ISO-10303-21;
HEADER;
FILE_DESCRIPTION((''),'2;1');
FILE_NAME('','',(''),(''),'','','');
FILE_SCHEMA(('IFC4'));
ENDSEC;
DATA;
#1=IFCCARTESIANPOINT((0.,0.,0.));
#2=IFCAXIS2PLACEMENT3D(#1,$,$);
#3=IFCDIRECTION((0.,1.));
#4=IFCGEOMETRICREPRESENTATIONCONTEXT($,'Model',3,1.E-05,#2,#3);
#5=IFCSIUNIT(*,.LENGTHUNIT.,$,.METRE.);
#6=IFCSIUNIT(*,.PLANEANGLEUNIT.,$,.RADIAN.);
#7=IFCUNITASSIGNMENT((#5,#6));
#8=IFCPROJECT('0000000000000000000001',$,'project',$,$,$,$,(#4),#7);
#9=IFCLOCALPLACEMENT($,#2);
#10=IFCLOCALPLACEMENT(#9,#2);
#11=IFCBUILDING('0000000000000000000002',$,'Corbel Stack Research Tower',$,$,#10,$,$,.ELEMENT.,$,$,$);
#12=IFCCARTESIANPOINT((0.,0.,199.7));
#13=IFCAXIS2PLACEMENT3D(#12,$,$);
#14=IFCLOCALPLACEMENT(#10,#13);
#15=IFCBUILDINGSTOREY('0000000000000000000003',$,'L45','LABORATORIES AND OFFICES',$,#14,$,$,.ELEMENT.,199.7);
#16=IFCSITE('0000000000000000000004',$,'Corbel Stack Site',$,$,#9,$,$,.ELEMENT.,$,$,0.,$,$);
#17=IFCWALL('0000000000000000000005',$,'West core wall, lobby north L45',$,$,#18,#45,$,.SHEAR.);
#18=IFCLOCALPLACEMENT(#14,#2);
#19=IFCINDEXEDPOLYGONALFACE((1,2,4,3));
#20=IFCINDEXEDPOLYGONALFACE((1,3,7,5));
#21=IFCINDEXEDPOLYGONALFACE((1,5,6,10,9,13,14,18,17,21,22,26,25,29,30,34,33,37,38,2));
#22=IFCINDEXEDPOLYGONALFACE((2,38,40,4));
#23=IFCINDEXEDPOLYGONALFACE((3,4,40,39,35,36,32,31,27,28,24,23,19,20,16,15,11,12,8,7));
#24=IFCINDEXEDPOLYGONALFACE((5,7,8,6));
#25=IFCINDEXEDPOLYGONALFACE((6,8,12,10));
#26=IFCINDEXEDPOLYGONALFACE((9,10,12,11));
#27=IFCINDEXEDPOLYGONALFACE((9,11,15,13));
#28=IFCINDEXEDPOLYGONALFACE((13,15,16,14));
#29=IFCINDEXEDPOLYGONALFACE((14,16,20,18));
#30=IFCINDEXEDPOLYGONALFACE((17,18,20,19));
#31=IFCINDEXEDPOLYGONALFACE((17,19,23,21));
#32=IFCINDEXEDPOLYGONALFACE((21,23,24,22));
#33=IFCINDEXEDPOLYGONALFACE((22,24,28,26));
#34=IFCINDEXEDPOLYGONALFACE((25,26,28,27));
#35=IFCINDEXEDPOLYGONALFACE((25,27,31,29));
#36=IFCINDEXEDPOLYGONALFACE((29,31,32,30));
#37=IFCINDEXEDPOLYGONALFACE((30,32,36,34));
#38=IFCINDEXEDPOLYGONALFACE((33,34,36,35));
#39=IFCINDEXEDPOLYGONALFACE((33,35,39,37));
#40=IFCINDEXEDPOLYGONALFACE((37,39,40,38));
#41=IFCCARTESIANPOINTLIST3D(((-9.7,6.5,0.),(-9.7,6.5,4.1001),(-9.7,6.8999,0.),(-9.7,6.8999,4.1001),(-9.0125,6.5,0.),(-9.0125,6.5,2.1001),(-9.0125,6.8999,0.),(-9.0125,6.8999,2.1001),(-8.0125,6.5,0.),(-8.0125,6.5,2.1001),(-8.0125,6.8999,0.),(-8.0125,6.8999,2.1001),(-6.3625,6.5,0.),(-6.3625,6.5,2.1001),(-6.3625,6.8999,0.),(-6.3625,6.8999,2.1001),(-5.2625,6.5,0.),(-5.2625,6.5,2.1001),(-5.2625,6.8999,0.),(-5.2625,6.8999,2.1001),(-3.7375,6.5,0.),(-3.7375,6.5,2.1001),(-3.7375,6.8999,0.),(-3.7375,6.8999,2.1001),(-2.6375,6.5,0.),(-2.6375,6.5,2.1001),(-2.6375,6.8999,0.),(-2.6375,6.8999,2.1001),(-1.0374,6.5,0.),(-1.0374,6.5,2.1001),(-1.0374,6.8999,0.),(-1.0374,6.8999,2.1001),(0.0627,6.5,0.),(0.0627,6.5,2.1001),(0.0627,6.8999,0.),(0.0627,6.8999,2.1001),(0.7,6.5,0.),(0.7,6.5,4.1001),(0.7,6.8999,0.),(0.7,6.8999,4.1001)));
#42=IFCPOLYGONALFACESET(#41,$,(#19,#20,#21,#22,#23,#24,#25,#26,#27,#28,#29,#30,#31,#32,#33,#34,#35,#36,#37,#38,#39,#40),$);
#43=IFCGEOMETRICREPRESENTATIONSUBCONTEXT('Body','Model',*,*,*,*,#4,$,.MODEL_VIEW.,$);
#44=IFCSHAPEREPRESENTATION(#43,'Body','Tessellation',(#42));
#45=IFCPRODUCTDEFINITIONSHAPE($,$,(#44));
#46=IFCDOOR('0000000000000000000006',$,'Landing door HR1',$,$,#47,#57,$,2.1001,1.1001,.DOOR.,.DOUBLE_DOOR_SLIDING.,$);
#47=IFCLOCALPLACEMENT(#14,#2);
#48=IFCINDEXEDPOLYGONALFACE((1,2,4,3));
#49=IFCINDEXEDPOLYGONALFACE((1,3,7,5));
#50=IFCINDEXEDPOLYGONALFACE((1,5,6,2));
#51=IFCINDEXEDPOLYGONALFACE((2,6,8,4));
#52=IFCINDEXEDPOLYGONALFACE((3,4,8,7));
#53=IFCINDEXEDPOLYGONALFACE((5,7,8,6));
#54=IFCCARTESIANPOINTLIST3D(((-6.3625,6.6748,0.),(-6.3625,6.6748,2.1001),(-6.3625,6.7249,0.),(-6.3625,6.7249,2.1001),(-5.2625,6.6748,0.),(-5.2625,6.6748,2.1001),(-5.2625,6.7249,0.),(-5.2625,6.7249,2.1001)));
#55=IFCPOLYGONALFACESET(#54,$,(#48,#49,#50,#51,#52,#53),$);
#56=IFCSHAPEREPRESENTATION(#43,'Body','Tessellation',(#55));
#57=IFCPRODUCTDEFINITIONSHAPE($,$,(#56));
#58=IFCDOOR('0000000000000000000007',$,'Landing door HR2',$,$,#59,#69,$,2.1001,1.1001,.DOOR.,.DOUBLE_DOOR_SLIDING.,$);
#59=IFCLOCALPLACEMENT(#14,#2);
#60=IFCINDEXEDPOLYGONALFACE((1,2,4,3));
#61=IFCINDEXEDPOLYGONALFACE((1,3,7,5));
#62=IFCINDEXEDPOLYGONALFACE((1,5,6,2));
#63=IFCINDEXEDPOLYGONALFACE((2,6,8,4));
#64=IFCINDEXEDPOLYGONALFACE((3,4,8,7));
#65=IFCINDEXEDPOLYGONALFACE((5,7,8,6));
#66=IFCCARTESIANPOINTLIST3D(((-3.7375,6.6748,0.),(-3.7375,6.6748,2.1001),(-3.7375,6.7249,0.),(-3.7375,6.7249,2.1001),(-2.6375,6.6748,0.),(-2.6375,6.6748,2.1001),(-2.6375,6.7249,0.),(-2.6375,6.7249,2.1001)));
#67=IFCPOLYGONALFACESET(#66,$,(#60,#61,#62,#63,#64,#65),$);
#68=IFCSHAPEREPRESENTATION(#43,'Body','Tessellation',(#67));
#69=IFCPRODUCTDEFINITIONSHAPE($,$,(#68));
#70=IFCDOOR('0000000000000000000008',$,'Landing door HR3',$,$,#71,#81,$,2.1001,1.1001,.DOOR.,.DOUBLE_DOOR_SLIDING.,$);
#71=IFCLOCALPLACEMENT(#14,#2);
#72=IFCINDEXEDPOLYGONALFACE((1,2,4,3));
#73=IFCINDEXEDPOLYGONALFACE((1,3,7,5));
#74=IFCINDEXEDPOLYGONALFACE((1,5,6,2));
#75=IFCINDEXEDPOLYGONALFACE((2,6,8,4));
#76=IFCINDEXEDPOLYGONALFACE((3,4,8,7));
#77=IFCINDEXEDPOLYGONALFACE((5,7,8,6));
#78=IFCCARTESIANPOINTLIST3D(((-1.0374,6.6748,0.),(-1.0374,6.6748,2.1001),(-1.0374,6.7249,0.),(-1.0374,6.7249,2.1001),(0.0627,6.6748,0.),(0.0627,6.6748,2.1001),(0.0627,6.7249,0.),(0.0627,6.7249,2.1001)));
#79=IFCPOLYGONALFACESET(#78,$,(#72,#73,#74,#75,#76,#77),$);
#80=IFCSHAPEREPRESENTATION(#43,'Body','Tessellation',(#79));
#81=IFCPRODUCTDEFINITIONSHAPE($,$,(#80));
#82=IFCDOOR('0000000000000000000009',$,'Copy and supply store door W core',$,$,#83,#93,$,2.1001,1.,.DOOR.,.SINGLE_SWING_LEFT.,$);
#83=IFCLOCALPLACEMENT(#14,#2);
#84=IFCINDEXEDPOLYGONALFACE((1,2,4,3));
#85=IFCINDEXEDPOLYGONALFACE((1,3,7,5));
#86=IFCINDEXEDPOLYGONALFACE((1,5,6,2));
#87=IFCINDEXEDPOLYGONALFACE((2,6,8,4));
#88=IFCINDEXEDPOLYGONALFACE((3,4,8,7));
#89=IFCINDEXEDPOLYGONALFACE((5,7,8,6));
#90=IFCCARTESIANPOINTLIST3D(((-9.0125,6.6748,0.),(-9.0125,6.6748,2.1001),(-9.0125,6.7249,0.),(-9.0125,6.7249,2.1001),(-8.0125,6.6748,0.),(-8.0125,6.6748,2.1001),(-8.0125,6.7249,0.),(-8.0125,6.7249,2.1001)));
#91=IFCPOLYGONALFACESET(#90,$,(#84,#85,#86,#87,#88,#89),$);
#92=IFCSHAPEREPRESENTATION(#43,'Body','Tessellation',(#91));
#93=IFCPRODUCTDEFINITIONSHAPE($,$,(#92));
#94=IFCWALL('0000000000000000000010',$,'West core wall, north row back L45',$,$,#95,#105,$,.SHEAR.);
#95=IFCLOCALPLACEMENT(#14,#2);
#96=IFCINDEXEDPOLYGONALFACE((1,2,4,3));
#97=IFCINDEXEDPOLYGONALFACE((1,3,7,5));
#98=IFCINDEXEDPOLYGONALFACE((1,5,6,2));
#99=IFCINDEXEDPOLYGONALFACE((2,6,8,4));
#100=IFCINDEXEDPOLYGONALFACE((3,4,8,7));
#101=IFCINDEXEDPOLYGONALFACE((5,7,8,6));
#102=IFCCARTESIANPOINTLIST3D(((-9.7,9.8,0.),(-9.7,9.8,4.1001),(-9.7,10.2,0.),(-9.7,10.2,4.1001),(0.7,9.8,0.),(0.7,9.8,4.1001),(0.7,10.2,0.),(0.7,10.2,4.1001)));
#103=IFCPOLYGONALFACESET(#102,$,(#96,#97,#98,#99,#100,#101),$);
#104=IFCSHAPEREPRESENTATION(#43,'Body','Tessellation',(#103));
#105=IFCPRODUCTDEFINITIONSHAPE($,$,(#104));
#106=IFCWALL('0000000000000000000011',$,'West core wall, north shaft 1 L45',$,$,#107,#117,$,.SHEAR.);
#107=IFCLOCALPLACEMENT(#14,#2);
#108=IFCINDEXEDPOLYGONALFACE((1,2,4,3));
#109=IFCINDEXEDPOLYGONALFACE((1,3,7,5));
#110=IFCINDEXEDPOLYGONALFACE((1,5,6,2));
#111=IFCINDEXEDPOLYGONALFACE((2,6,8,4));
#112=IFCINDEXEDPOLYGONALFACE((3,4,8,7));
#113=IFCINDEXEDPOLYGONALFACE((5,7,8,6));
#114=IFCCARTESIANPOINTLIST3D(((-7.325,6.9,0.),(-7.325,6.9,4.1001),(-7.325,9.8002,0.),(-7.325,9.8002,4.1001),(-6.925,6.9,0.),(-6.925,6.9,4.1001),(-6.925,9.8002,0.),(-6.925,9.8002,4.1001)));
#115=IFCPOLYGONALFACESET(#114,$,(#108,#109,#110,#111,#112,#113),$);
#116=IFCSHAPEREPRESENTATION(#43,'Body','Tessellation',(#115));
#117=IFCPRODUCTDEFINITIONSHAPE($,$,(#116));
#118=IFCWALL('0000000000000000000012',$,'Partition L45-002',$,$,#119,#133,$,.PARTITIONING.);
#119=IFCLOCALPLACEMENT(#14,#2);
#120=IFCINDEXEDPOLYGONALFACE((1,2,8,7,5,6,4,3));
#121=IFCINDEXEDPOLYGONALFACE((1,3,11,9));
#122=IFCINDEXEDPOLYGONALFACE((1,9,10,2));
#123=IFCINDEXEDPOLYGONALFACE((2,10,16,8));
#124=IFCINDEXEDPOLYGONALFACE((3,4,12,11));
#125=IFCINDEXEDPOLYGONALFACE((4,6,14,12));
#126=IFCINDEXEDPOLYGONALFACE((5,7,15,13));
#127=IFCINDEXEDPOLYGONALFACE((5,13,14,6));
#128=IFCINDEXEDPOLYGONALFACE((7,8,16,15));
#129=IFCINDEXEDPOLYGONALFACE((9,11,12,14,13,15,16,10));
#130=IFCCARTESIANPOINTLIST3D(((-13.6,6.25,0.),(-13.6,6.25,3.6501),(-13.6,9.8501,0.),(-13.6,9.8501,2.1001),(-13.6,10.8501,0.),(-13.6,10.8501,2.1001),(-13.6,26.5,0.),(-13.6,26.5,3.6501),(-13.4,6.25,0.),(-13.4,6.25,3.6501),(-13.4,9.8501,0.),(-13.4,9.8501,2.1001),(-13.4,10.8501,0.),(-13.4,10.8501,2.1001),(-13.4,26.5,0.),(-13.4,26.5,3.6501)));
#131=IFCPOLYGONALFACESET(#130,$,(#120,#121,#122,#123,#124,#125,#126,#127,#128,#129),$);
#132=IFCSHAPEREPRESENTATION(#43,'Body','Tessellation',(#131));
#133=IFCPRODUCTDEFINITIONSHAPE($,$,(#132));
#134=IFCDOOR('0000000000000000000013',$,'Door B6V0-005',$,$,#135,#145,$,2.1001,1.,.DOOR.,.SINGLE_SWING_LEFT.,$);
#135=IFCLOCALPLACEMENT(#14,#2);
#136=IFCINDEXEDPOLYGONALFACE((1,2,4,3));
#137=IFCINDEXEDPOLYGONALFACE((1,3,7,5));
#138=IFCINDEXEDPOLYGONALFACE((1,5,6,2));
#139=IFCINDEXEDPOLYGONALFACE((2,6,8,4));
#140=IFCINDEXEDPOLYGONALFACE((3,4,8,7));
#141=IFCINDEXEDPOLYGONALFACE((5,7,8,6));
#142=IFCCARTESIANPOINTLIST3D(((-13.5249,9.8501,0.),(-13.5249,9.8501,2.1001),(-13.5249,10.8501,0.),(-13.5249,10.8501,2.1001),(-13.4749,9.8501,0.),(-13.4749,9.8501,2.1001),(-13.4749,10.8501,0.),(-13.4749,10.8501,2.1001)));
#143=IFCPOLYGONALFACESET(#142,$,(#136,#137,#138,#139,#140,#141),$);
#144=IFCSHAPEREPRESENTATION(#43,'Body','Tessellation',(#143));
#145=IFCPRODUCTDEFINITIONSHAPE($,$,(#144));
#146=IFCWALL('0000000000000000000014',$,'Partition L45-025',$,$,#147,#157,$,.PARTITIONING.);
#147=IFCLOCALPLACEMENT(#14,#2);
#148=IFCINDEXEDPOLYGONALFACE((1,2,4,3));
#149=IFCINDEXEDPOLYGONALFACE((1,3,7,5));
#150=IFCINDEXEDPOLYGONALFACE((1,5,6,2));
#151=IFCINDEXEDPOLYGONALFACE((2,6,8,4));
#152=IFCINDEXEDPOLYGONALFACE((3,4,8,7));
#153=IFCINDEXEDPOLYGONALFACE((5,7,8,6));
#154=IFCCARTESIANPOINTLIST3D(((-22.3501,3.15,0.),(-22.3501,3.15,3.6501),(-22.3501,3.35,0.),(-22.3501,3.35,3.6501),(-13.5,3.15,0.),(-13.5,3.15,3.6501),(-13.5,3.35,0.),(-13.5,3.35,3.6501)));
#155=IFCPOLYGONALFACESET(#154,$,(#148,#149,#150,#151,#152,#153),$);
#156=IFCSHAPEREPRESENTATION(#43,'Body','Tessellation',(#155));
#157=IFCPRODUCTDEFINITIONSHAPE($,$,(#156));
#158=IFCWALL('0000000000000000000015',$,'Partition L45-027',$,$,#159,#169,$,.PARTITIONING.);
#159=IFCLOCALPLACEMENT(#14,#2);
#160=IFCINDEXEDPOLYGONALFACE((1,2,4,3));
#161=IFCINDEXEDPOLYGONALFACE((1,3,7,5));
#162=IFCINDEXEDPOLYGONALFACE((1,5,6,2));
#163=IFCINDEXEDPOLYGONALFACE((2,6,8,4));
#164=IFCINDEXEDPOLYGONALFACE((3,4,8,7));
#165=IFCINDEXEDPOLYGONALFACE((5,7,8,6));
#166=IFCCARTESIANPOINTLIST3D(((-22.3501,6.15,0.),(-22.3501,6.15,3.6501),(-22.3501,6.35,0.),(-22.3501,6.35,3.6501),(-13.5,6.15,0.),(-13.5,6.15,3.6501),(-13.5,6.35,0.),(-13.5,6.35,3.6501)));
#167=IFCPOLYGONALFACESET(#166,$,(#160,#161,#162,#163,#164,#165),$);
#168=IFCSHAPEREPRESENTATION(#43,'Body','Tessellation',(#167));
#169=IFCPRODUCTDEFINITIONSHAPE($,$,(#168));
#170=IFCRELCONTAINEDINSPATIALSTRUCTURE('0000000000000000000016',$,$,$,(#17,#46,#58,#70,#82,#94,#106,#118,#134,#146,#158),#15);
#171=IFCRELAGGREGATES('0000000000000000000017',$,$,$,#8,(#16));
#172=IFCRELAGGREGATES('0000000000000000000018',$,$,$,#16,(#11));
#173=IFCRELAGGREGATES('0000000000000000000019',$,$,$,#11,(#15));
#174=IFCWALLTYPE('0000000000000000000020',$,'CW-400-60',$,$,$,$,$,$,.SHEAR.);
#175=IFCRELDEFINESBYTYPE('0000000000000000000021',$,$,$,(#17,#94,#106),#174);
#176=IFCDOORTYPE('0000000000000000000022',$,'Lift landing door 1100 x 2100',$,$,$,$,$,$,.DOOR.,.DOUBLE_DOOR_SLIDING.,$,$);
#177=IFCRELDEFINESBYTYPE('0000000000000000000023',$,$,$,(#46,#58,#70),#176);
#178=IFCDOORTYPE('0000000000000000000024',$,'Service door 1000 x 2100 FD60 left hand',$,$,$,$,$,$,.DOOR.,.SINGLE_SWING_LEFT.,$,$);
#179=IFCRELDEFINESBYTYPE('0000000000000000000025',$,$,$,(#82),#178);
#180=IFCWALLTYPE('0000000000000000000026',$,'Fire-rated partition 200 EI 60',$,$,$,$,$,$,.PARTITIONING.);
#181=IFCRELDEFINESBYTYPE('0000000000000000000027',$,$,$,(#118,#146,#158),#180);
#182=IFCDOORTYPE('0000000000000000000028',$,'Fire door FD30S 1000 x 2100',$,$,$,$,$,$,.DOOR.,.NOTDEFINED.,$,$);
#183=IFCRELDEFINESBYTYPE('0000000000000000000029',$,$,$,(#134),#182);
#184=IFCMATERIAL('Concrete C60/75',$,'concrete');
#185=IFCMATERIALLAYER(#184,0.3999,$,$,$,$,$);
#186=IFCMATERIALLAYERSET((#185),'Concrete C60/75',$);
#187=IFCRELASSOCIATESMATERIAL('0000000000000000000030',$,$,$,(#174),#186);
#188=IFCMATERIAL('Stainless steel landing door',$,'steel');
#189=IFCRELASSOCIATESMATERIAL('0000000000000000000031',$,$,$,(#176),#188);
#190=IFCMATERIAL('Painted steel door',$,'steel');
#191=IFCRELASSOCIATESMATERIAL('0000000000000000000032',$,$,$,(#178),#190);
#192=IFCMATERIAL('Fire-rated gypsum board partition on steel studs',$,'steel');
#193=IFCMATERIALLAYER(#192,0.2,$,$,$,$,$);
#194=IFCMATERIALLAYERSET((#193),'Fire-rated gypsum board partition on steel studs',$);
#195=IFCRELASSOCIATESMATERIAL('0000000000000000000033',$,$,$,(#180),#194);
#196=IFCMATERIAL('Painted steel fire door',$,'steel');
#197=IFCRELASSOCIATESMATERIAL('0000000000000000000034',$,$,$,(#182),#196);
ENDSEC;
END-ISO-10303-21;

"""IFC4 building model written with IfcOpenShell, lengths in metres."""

from ifc_helpers import new_model, si_unit, direction, frame, frame_2d, origin, place, context, subcontext, project, spatial, rectangle, extrude, material, layer, layer_set, type_object, element, fill, save


model = new_model("IFC4")

# Units and contexts
model_context = context("Model", 3, precision=1e-05, world=origin(), true_north=direction((0.0, 1.0)))
body_context = subcontext(model_context, "Body", "Model", "MODEL_VIEW")
ifc_project = project(units=[si_unit("LENGTHUNIT", "METRE"), si_unit("PLANEANGLEUNIT", "RADIAN")], contexts=[model_context])

# Site, building, storey
site_placement = place(None, origin())
site = spatial("IfcSite", under=ifc_project, at=site_placement, Name="Corbel Stack Site", CompositionType="ELEMENT", RefElevation=0.0)
building_placement = place(site_placement, origin())
building = spatial("IfcBuilding", under=site, at=building_placement, Name="Corbel Stack Research Tower", CompositionType="ELEMENT")
storey_placement = place(building_placement, frame((0.0, 0.0, 199.7)))
storey = spatial("IfcBuildingStorey", under=building, at=storey_placement, Name="L45", Description="LABORATORIES AND OFFICES", CompositionType="ELEMENT", Elevation=199.7)

# Wall, openings, doors
ifc_material_1 = material(Name="Concrete C60/75", Category="concrete")
ifc_layer_1 = layer(ifc_material_1, 0.3999)
ifc_layer_set_1 = layer_set([ifc_layer_1], Name="Concrete C60/75")
wall_type_1 = type_object("IfcWallType", Name="CW-400-60", PredefinedType="SHEAR", material=ifc_layer_set_1)
ifc_material_2 = material(Name="Stainless steel landing door", Category="steel")
door_type_1 = type_object("IfcDoorType", Name="Lift landing door 1100 x 2100", OperationType="DOUBLE_DOOR_SLIDING", PredefinedType="DOOR", material=ifc_material_2)
ifc_material_3 = material(Name="Painted steel door", Category="steel")
door_type_2 = type_object("IfcDoorType", Name="Service door 1000 x 2100 FD60 left hand", OperationType="SINGLE_SWING_LEFT", PredefinedType="DOOR", material=ifc_material_3)
wall_1_placement = place(storey_placement, frame((-9.7, 6.7, 0.0), z_axis=(0.0, 0.0, 1.0), x_axis=(1.0, 0.0, 0.0)))
wall_1 = element("IfcWall", 1, at=wall_1_placement, inside=storey, type_object=wall_type_1, Name="West core wall, lobby north L45", PredefinedType="SHEAR", context=body_context, shape_type="SweptSolid", body=[
    extrude(rectangle(XDim=10.3999, YDim=0.3999, at=frame_2d((5.2, 0.0))), origin(), (0.0, 0.0, 1.0), 4.1001),
])
opening_1_placement = place(wall_1_placement, frame((3.3374, 0.0, 0.0)))
opening_1 = element("IfcOpeningElement", 2, at=opening_1_placement, cuts=wall_1, PredefinedType="OPENING", context=body_context, shape_type="SweptSolid", body=[
    extrude(rectangle(XDim=1.1001, YDim=2.1001, at=frame_2d((0.55, 1.05))), frame((0.0, 0.21, 0.0), z_axis=(0.0, -1.0, 0.0), x_axis=(1.0, 0.0, 0.0)), (0.0, 0.0, 1.0), 0.4199),
])
opening_2_placement = place(wall_1_placement, frame((5.9624, 0.0, 0.0)))
opening_2 = element("IfcOpeningElement", 3, at=opening_2_placement, cuts=wall_1, PredefinedType="OPENING", context=body_context, shape_type="SweptSolid", body=[
    extrude(rectangle(XDim=1.1001, YDim=2.1001, at=frame_2d((0.55, 1.05))), frame((0.0, 0.21, 0.0), z_axis=(0.0, -1.0, 0.0), x_axis=(1.0, 0.0, 0.0)), (0.0, 0.0, 1.0), 0.4199),
])
opening_3_placement = place(wall_1_placement, frame((8.6626, 0.0, 0.0)))
opening_3 = element("IfcOpeningElement", 4, at=opening_3_placement, cuts=wall_1, PredefinedType="OPENING", context=body_context, shape_type="SweptSolid", body=[
    extrude(rectangle(XDim=1.1001, YDim=2.1001, at=frame_2d((0.55, 1.05))), frame((0.0, 0.21, 0.0), z_axis=(0.0, -1.0, 0.0), x_axis=(1.0, 0.0, 0.0)), (0.0, 0.0, 1.0), 0.4199),
])
opening_4_placement = place(wall_1_placement, frame((0.6875, 0.0, 0.0)))
opening_4 = element("IfcOpeningElement", 5, at=opening_4_placement, cuts=wall_1, PredefinedType="OPENING", context=body_context, shape_type="SweptSolid", body=[
    extrude(rectangle(XDim=1.0, YDim=2.1001, at=frame_2d((0.5, 1.05))), frame((0.0, 0.21, 0.0), z_axis=(0.0, -1.0, 0.0), x_axis=(1.0, 0.0, 0.0)), (0.0, 0.0, 1.0), 0.4199),
])
door_1_placement = place(opening_1_placement, origin())
door_1 = element("IfcDoor", 6, at=door_1_placement, inside=storey, type_object=door_type_1, Name="Landing door HR1", OperationType="DOUBLE_DOOR_SLIDING", OverallHeight=2.1001, OverallWidth=1.1001, PredefinedType="DOOR", context=body_context, shape_type="SweptSolid", body=[
    extrude(rectangle(XDim=1.1001, YDim=2.1001, at=frame_2d((0.55, 1.05))), frame((0.0, 0.0249, 0.0), z_axis=(0.0, -1.0, 0.0), x_axis=(1.0, 0.0, 0.0)), (0.0, 0.0, 1.0), 0.05),
])
fill(opening_1, door_1)
door_2_placement = place(opening_2_placement, origin())
door_2 = element("IfcDoor", 7, at=door_2_placement, inside=storey, type_object=door_type_1, Name="Landing door HR2", OperationType="DOUBLE_DOOR_SLIDING", OverallHeight=2.1001, OverallWidth=1.1001, PredefinedType="DOOR", context=body_context, shape_type="SweptSolid", body=[
    extrude(rectangle(XDim=1.1001, YDim=2.1001, at=frame_2d((0.55, 1.05))), frame((0.0, 0.0249, 0.0), z_axis=(0.0, -1.0, 0.0), x_axis=(1.0, 0.0, 0.0)), (0.0, 0.0, 1.0), 0.05),
])
fill(opening_2, door_2)
door_3_placement = place(opening_3_placement, origin())
door_3 = element("IfcDoor", 8, at=door_3_placement, inside=storey, type_object=door_type_1, Name="Landing door HR3", OperationType="DOUBLE_DOOR_SLIDING", OverallHeight=2.1001, OverallWidth=1.1001, PredefinedType="DOOR", context=body_context, shape_type="SweptSolid", body=[
    extrude(rectangle(XDim=1.1001, YDim=2.1001, at=frame_2d((0.55, 1.05))), frame((0.0, 0.0249, 0.0), z_axis=(0.0, -1.0, 0.0), x_axis=(1.0, 0.0, 0.0)), (0.0, 0.0, 1.0), 0.05),
])
fill(opening_3, door_3)
door_4_placement = place(opening_4_placement, origin())
door_4 = element("IfcDoor", 9, at=door_4_placement, inside=storey, type_object=door_type_2, Name="Copy and supply store door W core", OperationType="SINGLE_SWING_LEFT", OverallHeight=2.1001, OverallWidth=1.0, PredefinedType="DOOR", context=body_context, shape_type="SweptSolid", body=[
    extrude(rectangle(XDim=1.0, YDim=2.1001, at=frame_2d((0.5, 1.05))), frame((0.0, 0.0249, 0.0), z_axis=(0.0, -1.0, 0.0), x_axis=(1.0, 0.0, 0.0)), (0.0, 0.0, 1.0), 0.05),
])
fill(opening_4, door_4)

# Walls
wall_2_placement = place(storey_placement, frame((-9.7, 10.0, 0.0), z_axis=(0.0, 0.0, 1.0), x_axis=(1.0, 0.0, 0.0)))
element("IfcWall", 10, at=wall_2_placement, inside=storey, type_object=wall_type_1, Name="West core wall, north row back L45", PredefinedType="SHEAR", context=body_context, shape_type="SweptSolid", body=[
    extrude(rectangle(XDim=10.3999, YDim=0.3999, at=frame_2d((5.2, 0.0))), origin(), (0.0, 0.0, 1.0), 4.1001),
])
wall_3_placement = place(storey_placement, frame((-7.125, 6.8999, 0.0), z_axis=(0.0, 0.0, 1.0), x_axis=(0.0, 1.0, 0.0)))
element("IfcWall", 11, at=wall_3_placement, inside=storey, type_object=wall_type_1, Name="West core wall, north shaft 1 L45", PredefinedType="SHEAR", context=body_context, shape_type="SweptSolid", body=[
    extrude(rectangle(XDim=2.9001, YDim=0.3999, at=frame_2d((1.4502, 0.0))), origin(), (0.0, 0.0, 1.0), 4.1001),
])

# Wall, opening, door
ifc_material_4 = material(Name="Fire-rated gypsum board partition on steel studs", Category="steel")
ifc_layer_2 = layer(ifc_material_4, 0.2)
ifc_layer_set_2 = layer_set([ifc_layer_2], Name="Fire-rated gypsum board partition on steel studs")
wall_type_2 = type_object("IfcWallType", Name="Fire-rated partition 200 EI 60", PredefinedType="PARTITIONING", material=ifc_layer_set_2)
wall_4_placement = place(storey_placement, frame((-13.5, 6.25, 0.0), z_axis=(0.0, 0.0, 1.0), x_axis=(0.0, 1.0, 0.0)))
wall_4 = element("IfcWall", 12, at=wall_4_placement, inside=storey, type_object=wall_type_2, Name="Partition L45-002", PredefinedType="PARTITIONING", context=body_context, shape_type="SweptSolid", body=[
    extrude(rectangle(XDim=20.25, YDim=0.2, at=frame_2d((10.125, 0.0))), origin(), (0.0, 0.0, 1.0), 3.6501),
])
opening_5_placement = place(wall_4_placement, frame((3.6001, 0.0, 0.0)))
opening_5 = element("IfcOpeningElement", 13, at=opening_5_placement, cuts=wall_4, PredefinedType="OPENING", context=body_context, shape_type="SweptSolid", body=[
    extrude(rectangle(XDim=1.0, YDim=2.1001, at=frame_2d((0.5, 1.05))), frame((0.0, 0.1099, 0.0), z_axis=(0.0, -1.0, 0.0), x_axis=(1.0, 0.0, 0.0)), (0.0, 0.0, 1.0), 0.22),
])
ifc_material_5 = material(Name="Painted steel fire door", Category="steel")
door_type_3 = type_object("IfcDoorType", Name="Fire door FD30S 1000 x 2100", OperationType="NOTDEFINED", PredefinedType="DOOR", material=ifc_material_5)
door_5_placement = place(opening_5_placement, origin())
door_5 = element("IfcDoor", 14, at=door_5_placement, inside=storey, type_object=door_type_3, Name="Door B6V0-005", OperationType="SINGLE_SWING_LEFT", OverallHeight=2.1001, OverallWidth=1.0, PredefinedType="DOOR", context=body_context, shape_type="SweptSolid", body=[
    extrude(rectangle(XDim=1.0, YDim=2.1001, at=frame_2d((0.5, 1.05))), frame((0.0, 0.0249, 0.0), z_axis=(0.0, -1.0, 0.0), x_axis=(1.0, 0.0, 0.0)), (0.0, 0.0, 1.0), 0.05),
])
fill(opening_5, door_5)

# Walls
for number, where, z_axis, x_axis, name in (
    (15, (-22.3501, 3.25, 0.0), (0.0, 0.0, 1.0), (1.0, 0.0, 0.0), "Partition L45-025"),
    (16, (-22.3501, 6.25, 0.0), (0.0, 0.0, 1.0), (1.0, 0.0, 0.0), "Partition L45-027"),
):
    element("IfcWall", number, at=place(storey_placement, frame(where, z_axis=z_axis, x_axis=x_axis)), inside=storey, type_object=wall_type_2, Name=name, PredefinedType="PARTITIONING", context=body_context, shape_type="SweptSolid", body=[
        extrude(rectangle(XDim=8.8501, YDim=0.2, at=frame_2d((4.425, 0.0))), origin(), (0.0, 0.0, 1.0), 3.6501),
    ])

save(model, "model.ifc")
